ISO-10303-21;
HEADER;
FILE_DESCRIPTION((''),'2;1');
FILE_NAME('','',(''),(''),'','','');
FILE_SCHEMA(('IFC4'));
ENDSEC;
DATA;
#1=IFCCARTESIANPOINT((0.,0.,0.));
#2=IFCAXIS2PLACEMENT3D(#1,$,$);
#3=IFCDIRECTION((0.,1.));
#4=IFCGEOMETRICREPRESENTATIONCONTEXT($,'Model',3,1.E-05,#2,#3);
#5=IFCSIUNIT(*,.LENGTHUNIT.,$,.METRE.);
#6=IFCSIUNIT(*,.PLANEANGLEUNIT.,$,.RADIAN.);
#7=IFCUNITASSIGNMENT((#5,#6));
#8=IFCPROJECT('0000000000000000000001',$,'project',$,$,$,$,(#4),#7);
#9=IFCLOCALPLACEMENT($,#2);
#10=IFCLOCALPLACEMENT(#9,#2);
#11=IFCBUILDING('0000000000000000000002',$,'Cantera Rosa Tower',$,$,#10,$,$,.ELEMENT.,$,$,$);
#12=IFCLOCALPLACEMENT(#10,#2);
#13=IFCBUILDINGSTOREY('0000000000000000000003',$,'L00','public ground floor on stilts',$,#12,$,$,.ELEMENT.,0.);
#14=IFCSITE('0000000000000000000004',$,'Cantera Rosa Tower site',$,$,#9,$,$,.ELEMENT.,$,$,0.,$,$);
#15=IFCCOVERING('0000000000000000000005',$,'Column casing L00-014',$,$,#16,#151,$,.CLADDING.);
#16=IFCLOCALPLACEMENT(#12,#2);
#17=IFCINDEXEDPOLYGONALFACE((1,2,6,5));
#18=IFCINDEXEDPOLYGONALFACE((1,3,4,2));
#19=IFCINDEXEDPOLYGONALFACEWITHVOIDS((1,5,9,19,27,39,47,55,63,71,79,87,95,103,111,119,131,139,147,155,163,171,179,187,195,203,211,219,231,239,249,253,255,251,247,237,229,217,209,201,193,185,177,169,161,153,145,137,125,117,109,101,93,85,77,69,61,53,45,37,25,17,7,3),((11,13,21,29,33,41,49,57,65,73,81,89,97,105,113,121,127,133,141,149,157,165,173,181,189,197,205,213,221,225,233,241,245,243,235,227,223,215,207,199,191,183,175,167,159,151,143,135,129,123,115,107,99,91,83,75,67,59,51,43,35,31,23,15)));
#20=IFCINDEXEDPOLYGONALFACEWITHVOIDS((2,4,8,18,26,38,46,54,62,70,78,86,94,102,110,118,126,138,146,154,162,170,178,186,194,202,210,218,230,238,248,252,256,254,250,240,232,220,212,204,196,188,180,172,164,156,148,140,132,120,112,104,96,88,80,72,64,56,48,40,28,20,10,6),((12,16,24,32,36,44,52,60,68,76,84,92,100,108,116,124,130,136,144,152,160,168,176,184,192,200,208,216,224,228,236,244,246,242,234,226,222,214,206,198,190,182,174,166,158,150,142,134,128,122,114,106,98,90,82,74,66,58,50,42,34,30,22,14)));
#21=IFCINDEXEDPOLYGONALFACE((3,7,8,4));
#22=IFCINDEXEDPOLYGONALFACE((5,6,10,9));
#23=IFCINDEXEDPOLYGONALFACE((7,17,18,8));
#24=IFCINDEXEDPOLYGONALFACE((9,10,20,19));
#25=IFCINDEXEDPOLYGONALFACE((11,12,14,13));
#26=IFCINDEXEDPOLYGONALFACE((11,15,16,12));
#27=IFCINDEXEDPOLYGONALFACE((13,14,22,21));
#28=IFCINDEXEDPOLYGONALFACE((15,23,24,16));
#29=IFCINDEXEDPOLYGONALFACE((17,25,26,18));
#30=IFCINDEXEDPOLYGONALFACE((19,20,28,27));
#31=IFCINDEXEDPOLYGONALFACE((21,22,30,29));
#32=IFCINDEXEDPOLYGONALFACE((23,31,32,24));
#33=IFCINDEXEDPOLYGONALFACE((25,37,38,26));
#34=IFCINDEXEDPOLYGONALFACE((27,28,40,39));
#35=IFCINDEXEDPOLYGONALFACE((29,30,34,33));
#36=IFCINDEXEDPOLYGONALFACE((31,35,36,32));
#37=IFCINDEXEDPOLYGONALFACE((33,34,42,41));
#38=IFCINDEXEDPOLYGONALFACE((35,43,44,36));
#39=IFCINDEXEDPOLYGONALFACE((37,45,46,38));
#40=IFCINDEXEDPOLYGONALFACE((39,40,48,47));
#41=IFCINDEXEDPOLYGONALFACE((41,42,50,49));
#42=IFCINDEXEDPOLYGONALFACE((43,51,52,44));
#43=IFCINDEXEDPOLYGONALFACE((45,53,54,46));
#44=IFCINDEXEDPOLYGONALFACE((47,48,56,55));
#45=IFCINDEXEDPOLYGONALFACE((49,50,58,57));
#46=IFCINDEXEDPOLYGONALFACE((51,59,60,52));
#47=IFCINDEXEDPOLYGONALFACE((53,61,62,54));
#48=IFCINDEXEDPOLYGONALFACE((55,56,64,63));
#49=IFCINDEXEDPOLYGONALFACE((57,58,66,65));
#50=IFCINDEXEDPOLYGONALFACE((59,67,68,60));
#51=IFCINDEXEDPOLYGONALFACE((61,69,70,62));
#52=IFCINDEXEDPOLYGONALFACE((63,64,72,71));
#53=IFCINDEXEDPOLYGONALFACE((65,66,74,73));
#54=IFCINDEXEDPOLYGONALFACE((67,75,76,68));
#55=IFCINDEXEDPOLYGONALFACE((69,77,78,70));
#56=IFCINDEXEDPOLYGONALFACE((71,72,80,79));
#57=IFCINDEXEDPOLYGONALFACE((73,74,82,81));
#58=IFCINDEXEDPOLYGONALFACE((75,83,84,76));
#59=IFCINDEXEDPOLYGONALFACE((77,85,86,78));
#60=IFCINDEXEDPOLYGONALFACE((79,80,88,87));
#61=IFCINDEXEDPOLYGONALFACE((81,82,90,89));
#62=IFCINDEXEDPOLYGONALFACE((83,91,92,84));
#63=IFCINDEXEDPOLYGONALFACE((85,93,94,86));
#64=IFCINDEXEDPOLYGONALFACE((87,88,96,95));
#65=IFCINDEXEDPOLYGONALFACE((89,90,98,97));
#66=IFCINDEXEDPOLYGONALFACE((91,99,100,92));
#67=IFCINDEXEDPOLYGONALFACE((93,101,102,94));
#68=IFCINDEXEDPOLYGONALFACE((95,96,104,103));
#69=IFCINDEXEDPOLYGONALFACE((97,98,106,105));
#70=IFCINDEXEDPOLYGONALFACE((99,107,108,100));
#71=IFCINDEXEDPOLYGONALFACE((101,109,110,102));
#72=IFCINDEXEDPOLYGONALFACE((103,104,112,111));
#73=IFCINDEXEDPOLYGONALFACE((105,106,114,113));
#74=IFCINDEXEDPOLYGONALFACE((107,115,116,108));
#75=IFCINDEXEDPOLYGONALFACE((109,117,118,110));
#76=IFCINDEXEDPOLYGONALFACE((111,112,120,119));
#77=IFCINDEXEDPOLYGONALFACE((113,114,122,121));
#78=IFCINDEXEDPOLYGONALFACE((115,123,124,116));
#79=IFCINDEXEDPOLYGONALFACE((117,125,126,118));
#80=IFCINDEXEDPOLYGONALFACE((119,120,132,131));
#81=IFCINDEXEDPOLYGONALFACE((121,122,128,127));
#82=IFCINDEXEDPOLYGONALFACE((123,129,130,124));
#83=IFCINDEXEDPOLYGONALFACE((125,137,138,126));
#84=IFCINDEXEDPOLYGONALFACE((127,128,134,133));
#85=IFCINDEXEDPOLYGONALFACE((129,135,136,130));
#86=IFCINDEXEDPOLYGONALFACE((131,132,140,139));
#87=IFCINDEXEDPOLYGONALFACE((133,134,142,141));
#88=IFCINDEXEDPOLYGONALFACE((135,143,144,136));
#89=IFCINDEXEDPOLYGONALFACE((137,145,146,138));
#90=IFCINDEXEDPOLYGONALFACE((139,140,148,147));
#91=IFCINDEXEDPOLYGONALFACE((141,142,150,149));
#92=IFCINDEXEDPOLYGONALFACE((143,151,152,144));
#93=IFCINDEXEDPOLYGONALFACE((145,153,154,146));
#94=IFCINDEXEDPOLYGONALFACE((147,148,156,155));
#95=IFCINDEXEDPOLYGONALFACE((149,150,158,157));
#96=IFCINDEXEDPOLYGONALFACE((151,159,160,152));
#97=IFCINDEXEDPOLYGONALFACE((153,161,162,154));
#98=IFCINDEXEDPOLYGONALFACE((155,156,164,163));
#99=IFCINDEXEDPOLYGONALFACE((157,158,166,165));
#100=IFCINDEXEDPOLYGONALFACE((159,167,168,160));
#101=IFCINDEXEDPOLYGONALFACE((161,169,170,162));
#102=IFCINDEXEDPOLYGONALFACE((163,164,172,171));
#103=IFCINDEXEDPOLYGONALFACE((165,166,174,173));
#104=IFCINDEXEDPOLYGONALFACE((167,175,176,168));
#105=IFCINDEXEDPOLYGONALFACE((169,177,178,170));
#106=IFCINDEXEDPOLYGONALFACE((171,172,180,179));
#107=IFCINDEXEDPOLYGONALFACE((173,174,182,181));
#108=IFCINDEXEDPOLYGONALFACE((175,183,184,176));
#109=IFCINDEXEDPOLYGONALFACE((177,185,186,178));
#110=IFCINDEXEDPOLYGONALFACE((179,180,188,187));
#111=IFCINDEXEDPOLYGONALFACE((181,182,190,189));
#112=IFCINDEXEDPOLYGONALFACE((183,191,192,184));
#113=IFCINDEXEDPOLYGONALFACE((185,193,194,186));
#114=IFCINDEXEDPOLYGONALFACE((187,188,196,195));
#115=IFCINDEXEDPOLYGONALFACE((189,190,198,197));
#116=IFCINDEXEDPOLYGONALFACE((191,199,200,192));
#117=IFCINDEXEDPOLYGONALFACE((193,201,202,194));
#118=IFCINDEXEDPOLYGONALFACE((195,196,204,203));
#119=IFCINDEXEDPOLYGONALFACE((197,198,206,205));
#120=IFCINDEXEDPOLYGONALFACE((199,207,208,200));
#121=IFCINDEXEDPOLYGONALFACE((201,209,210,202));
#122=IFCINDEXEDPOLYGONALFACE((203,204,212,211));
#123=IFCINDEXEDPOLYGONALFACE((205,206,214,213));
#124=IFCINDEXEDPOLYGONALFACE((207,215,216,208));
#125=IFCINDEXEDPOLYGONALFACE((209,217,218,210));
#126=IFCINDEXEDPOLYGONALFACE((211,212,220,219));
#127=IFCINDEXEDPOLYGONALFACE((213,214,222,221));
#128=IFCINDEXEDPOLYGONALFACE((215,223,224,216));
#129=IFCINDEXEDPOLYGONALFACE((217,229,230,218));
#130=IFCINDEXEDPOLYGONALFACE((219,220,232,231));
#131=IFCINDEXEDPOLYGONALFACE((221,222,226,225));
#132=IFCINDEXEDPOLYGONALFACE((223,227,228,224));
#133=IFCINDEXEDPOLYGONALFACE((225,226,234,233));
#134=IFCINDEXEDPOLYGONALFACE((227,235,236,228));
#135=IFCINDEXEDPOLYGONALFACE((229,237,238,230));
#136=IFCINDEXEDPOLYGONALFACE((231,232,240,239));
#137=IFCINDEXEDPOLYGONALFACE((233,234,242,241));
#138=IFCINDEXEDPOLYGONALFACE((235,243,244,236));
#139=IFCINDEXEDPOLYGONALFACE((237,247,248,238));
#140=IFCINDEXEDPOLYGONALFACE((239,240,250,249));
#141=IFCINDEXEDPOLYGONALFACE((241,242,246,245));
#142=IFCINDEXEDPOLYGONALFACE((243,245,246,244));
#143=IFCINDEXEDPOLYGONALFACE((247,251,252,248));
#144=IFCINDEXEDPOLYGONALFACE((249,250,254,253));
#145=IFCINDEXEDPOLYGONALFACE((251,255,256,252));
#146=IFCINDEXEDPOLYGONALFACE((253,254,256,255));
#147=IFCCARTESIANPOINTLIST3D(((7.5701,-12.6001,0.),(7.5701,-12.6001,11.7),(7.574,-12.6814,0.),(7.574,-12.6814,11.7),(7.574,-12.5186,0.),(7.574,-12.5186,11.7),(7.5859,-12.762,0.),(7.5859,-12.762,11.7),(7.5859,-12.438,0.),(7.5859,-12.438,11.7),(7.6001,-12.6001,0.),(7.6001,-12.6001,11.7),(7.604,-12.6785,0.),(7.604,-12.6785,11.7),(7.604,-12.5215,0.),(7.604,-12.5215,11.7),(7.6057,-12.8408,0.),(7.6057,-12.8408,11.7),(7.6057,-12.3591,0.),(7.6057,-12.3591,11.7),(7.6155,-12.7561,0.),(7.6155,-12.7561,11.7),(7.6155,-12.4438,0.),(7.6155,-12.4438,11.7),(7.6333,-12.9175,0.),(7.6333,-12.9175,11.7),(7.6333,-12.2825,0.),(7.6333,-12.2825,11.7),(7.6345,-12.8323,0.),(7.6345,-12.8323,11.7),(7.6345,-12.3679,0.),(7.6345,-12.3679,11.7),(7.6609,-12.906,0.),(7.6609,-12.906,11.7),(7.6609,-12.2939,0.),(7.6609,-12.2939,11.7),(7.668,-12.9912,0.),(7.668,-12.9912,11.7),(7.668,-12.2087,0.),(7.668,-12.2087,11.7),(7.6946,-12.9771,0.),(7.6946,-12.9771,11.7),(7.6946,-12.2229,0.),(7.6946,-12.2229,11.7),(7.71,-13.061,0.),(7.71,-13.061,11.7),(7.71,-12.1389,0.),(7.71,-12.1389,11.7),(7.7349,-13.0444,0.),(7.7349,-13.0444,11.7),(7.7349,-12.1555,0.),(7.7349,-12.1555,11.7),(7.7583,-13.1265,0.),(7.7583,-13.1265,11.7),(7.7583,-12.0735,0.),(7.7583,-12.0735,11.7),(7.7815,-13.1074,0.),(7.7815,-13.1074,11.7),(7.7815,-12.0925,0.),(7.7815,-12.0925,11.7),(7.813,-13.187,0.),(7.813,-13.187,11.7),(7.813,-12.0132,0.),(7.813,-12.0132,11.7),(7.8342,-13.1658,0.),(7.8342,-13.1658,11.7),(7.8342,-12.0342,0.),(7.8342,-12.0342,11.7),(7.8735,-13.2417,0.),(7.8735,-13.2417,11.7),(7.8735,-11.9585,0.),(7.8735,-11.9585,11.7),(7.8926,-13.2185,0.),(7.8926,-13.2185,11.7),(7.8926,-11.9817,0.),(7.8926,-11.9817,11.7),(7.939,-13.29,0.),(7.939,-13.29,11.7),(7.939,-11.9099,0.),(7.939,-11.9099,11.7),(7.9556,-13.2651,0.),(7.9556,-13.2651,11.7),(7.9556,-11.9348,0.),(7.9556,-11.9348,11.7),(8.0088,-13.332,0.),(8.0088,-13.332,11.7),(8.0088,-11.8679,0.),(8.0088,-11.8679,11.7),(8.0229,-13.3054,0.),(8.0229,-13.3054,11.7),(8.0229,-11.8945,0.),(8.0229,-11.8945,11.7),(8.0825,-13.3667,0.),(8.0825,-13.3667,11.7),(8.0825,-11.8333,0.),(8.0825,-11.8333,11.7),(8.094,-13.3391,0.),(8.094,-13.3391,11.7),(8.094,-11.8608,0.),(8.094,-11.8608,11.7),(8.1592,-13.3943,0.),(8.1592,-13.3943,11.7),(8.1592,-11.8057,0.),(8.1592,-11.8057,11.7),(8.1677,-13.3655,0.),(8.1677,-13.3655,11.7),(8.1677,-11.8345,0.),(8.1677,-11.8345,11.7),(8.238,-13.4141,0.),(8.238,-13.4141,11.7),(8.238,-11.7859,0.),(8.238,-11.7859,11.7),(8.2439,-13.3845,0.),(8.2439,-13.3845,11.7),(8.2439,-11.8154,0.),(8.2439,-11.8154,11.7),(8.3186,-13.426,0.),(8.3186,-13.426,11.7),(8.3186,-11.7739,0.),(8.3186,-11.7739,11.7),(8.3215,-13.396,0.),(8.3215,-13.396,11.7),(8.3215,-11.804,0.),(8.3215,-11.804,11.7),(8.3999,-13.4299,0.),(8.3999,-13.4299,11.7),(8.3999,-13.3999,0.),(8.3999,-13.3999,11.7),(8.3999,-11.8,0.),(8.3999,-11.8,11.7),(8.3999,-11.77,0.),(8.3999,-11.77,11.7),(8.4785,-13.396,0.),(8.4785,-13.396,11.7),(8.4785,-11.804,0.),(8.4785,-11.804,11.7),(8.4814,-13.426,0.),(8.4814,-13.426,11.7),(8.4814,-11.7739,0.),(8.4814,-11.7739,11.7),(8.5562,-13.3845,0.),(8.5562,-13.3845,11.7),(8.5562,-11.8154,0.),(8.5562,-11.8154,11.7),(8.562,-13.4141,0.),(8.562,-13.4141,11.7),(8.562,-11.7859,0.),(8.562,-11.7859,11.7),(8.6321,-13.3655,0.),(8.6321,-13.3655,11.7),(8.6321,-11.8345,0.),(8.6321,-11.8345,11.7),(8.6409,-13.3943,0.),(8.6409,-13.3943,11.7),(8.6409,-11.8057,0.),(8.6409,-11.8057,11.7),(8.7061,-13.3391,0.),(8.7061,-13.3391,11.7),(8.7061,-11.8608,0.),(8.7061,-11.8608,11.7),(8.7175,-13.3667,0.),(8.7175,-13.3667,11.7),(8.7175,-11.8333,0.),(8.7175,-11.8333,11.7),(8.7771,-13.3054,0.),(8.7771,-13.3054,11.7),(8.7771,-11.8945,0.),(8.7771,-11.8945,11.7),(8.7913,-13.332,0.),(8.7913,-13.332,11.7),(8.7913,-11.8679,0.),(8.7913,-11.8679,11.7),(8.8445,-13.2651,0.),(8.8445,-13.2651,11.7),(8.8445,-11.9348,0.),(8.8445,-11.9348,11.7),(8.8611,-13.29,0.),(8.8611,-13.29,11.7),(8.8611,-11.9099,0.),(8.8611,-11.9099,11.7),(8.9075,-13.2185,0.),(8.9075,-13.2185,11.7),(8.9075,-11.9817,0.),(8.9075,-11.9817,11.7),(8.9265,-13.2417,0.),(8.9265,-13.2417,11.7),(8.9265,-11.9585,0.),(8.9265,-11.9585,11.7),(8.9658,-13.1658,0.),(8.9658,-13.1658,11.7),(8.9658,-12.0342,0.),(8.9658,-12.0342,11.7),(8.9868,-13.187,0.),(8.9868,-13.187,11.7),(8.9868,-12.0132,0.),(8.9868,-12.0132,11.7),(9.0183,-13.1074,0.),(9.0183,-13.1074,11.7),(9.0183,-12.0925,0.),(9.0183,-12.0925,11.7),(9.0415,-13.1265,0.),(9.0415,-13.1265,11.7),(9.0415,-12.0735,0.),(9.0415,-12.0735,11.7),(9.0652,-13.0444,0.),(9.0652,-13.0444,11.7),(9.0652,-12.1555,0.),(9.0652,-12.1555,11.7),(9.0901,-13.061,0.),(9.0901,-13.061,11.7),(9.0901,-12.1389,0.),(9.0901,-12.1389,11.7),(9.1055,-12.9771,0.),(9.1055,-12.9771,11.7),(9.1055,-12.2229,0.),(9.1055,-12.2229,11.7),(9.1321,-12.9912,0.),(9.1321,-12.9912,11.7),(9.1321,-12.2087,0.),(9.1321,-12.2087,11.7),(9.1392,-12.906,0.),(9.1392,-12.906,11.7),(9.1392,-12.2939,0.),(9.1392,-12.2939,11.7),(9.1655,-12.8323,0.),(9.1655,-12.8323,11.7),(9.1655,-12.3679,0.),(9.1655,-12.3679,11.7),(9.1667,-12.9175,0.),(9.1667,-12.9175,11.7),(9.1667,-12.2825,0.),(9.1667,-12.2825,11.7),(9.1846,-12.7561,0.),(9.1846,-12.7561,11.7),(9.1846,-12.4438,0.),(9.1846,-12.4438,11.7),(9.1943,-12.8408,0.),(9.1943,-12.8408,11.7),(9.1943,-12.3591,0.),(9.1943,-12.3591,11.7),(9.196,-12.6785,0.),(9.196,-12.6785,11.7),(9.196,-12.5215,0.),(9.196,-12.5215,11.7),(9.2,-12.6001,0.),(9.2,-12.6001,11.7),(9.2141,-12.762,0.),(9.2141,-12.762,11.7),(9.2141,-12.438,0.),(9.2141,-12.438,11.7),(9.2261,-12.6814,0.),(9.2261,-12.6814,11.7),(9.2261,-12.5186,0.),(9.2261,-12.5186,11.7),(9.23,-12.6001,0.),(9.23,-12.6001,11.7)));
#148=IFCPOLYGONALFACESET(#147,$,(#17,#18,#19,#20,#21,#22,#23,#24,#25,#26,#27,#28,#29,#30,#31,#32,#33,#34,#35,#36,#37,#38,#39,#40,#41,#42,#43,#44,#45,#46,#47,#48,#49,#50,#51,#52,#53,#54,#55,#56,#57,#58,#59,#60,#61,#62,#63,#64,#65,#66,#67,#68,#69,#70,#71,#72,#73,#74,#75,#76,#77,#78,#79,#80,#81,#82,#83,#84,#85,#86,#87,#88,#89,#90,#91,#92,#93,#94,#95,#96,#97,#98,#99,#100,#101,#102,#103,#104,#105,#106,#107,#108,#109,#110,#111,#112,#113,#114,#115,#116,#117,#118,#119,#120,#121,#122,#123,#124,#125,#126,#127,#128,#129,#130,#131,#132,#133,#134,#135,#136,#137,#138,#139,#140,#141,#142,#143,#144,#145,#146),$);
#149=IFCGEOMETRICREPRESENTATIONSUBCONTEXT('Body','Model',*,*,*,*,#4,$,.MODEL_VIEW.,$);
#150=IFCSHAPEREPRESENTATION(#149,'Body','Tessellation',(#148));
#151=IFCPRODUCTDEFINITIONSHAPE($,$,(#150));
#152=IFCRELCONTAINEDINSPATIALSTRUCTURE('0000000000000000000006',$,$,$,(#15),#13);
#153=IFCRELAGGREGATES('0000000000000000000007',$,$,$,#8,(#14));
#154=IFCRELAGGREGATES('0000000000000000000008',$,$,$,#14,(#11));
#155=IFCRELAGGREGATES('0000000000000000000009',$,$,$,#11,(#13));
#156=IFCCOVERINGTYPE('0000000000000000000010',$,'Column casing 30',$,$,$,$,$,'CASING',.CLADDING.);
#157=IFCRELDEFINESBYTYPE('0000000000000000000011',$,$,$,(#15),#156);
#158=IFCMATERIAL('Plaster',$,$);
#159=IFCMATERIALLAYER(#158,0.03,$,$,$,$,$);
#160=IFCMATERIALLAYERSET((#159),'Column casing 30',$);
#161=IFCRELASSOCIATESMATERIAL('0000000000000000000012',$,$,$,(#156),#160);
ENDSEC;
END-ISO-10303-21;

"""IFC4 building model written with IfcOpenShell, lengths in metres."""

from ifc_helpers import new_model, si_unit, direction, origin, place, context, subcontext, project, spatial, polyline, outline, extrude, material, layer, layer_set, type_object, element, save


model = new_model("IFC4")

# Units and contexts
model_context = context("Model", 3, precision=1e-05, world=origin(), true_north=direction((0.0, 1.0)))
body_context = subcontext(model_context, "Body", "Model", "MODEL_VIEW")
ifc_project = project(units=[si_unit("LENGTHUNIT", "METRE"), si_unit("PLANEANGLEUNIT", "RADIAN")], contexts=[model_context])

# Site, building, storey
site_placement = place(None, origin())
site = spatial("IfcSite", under=ifc_project, at=site_placement, Name="Cantera Rosa Tower site", CompositionType="ELEMENT", RefElevation=0.0)
building_placement = place(site_placement, origin())
building = spatial("IfcBuilding", under=site, at=building_placement, Name="Cantera Rosa Tower", CompositionType="ELEMENT")
storey_placement = place(building_placement, origin())
storey = spatial("IfcBuildingStorey", under=building, at=storey_placement, Name="L00", Description="public ground floor on stilts", CompositionType="ELEMENT", Elevation=0.0)

# Covering
ifc_material_1 = material(Name="Plaster")
ifc_layer_1 = layer(ifc_material_1, 0.03)
ifc_layer_set_1 = layer_set([ifc_layer_1], Name="Column casing 30")
covering_type = type_object("IfcCoveringType", Name="Column casing 30", ElementType="CASING", PredefinedType="CLADDING", material=ifc_layer_set_1)
covering_1_placement = place(storey_placement, origin())
element("IfcCovering", 1, at=covering_1_placement, inside=storey, type_object=covering_type, Name="Column casing L00-014", PredefinedType="CLADDING", context=body_context, shape_type="SweptSolid", body=[
    extrude(outline(polyline([(9.2261, -12.6814), (9.23, -12.6001), (9.2261, -12.5186), (9.2141, -12.438), (9.1943, -12.3591), (9.1667, -12.2825), (9.1321, -12.2087), (9.0901, -12.1389), (9.0415, -12.0735), (8.9868, -12.0132), (8.9265, -11.9585), (8.8611, -11.9099), (8.7913, -11.8679), (8.7175, -11.8333), (8.6409, -11.8057), (8.562, -11.7859), (8.4814, -11.7739), (8.3999, -11.77), (8.3186, -11.7739), (8.238, -11.7859), (8.1592, -11.8057), (8.0825, -11.8333), (8.0088, -11.8679), (7.939, -11.9099), (7.8735, -11.9585), (7.813, -12.0132), (7.7583, -12.0735), (7.71, -12.1389), (7.668, -12.2087), (7.6333, -12.2825), (7.6057, -12.3591), (7.5859, -12.438), (7.574, -12.5186), (7.5701, -12.6001), (7.574, -12.6814), (7.5859, -12.762), (7.6057, -12.8408), (7.6333, -12.9175), (7.668, -12.9912), (7.71, -13.061), (7.7583, -13.1265), (7.813, -13.187), (7.8735, -13.2417), (7.939, -13.29), (8.0088, -13.332), (8.0825, -13.3667), (8.1592, -13.3943), (8.238, -13.4141), (8.3186, -13.426), (8.3999, -13.4299), (8.4814, -13.426), (8.562, -13.4141), (8.6409, -13.3943), (8.7175, -13.3667), (8.7913, -13.332), (8.8611, -13.29), (8.9265, -13.2417), (8.9868, -13.187), (9.0415, -13.1265), (9.0901, -13.061), (9.1321, -12.9912), (9.1667, -12.9175), (9.1943, -12.8408), (9.2141, -12.762), (9.2261, -12.6814)]), holes=[polyline([(9.196, -12.5215), (9.1846, -12.4438), (9.1655, -12.3679), (9.1392, -12.2939), (9.1055, -12.2229), (9.0652, -12.1555), (9.0183, -12.0925), (8.9658, -12.0342), (8.9075, -11.9817), (8.8445, -11.9348), (8.7771, -11.8945), (8.7061, -11.8608), (8.6321, -11.8345), (8.5562, -11.8154), (8.4785, -11.804), (8.3999, -11.8), (8.3215, -11.804), (8.2439, -11.8154), (8.1677, -11.8345), (8.094, -11.8608), (8.0229, -11.8945), (7.9556, -11.9348), (7.8926, -11.9817), (7.8342, -12.0342), (7.7815, -12.0925), (7.7349, -12.1555), (7.6946, -12.2229), (7.6609, -12.2939), (7.6345, -12.3679), (7.6155, -12.4438), (7.604, -12.5215), (7.6001, -12.6001), (7.604, -12.6785), (7.6155, -12.7561), (7.6345, -12.8323), (7.6609, -12.906), (7.6946, -12.9771), (7.7349, -13.0444), (7.7815, -13.1074), (7.8342, -13.1658), (7.8926, -13.2185), (7.9556, -13.2651), (8.0229, -13.3054), (8.094, -13.3391), (8.1677, -13.3655), (8.2439, -13.3845), (8.3215, -13.396), (8.3999, -13.3999), (8.4785, -13.396), (8.5562, -13.3845), (8.6321, -13.3655), (8.7061, -13.3391), (8.7771, -13.3054), (8.8445, -13.2651), (8.9075, -13.2185), (8.9658, -13.1658), (9.0183, -13.1074), (9.0652, -13.0444), (9.1055, -12.9771), (9.1392, -12.906), (9.1655, -12.8323), (9.1846, -12.7561), (9.196, -12.6785), (9.2, -12.6001), (9.196, -12.5215)])]), origin(), (0.0, 0.0, 1.0), 11.7),
])

save(model, "model.ifc")
